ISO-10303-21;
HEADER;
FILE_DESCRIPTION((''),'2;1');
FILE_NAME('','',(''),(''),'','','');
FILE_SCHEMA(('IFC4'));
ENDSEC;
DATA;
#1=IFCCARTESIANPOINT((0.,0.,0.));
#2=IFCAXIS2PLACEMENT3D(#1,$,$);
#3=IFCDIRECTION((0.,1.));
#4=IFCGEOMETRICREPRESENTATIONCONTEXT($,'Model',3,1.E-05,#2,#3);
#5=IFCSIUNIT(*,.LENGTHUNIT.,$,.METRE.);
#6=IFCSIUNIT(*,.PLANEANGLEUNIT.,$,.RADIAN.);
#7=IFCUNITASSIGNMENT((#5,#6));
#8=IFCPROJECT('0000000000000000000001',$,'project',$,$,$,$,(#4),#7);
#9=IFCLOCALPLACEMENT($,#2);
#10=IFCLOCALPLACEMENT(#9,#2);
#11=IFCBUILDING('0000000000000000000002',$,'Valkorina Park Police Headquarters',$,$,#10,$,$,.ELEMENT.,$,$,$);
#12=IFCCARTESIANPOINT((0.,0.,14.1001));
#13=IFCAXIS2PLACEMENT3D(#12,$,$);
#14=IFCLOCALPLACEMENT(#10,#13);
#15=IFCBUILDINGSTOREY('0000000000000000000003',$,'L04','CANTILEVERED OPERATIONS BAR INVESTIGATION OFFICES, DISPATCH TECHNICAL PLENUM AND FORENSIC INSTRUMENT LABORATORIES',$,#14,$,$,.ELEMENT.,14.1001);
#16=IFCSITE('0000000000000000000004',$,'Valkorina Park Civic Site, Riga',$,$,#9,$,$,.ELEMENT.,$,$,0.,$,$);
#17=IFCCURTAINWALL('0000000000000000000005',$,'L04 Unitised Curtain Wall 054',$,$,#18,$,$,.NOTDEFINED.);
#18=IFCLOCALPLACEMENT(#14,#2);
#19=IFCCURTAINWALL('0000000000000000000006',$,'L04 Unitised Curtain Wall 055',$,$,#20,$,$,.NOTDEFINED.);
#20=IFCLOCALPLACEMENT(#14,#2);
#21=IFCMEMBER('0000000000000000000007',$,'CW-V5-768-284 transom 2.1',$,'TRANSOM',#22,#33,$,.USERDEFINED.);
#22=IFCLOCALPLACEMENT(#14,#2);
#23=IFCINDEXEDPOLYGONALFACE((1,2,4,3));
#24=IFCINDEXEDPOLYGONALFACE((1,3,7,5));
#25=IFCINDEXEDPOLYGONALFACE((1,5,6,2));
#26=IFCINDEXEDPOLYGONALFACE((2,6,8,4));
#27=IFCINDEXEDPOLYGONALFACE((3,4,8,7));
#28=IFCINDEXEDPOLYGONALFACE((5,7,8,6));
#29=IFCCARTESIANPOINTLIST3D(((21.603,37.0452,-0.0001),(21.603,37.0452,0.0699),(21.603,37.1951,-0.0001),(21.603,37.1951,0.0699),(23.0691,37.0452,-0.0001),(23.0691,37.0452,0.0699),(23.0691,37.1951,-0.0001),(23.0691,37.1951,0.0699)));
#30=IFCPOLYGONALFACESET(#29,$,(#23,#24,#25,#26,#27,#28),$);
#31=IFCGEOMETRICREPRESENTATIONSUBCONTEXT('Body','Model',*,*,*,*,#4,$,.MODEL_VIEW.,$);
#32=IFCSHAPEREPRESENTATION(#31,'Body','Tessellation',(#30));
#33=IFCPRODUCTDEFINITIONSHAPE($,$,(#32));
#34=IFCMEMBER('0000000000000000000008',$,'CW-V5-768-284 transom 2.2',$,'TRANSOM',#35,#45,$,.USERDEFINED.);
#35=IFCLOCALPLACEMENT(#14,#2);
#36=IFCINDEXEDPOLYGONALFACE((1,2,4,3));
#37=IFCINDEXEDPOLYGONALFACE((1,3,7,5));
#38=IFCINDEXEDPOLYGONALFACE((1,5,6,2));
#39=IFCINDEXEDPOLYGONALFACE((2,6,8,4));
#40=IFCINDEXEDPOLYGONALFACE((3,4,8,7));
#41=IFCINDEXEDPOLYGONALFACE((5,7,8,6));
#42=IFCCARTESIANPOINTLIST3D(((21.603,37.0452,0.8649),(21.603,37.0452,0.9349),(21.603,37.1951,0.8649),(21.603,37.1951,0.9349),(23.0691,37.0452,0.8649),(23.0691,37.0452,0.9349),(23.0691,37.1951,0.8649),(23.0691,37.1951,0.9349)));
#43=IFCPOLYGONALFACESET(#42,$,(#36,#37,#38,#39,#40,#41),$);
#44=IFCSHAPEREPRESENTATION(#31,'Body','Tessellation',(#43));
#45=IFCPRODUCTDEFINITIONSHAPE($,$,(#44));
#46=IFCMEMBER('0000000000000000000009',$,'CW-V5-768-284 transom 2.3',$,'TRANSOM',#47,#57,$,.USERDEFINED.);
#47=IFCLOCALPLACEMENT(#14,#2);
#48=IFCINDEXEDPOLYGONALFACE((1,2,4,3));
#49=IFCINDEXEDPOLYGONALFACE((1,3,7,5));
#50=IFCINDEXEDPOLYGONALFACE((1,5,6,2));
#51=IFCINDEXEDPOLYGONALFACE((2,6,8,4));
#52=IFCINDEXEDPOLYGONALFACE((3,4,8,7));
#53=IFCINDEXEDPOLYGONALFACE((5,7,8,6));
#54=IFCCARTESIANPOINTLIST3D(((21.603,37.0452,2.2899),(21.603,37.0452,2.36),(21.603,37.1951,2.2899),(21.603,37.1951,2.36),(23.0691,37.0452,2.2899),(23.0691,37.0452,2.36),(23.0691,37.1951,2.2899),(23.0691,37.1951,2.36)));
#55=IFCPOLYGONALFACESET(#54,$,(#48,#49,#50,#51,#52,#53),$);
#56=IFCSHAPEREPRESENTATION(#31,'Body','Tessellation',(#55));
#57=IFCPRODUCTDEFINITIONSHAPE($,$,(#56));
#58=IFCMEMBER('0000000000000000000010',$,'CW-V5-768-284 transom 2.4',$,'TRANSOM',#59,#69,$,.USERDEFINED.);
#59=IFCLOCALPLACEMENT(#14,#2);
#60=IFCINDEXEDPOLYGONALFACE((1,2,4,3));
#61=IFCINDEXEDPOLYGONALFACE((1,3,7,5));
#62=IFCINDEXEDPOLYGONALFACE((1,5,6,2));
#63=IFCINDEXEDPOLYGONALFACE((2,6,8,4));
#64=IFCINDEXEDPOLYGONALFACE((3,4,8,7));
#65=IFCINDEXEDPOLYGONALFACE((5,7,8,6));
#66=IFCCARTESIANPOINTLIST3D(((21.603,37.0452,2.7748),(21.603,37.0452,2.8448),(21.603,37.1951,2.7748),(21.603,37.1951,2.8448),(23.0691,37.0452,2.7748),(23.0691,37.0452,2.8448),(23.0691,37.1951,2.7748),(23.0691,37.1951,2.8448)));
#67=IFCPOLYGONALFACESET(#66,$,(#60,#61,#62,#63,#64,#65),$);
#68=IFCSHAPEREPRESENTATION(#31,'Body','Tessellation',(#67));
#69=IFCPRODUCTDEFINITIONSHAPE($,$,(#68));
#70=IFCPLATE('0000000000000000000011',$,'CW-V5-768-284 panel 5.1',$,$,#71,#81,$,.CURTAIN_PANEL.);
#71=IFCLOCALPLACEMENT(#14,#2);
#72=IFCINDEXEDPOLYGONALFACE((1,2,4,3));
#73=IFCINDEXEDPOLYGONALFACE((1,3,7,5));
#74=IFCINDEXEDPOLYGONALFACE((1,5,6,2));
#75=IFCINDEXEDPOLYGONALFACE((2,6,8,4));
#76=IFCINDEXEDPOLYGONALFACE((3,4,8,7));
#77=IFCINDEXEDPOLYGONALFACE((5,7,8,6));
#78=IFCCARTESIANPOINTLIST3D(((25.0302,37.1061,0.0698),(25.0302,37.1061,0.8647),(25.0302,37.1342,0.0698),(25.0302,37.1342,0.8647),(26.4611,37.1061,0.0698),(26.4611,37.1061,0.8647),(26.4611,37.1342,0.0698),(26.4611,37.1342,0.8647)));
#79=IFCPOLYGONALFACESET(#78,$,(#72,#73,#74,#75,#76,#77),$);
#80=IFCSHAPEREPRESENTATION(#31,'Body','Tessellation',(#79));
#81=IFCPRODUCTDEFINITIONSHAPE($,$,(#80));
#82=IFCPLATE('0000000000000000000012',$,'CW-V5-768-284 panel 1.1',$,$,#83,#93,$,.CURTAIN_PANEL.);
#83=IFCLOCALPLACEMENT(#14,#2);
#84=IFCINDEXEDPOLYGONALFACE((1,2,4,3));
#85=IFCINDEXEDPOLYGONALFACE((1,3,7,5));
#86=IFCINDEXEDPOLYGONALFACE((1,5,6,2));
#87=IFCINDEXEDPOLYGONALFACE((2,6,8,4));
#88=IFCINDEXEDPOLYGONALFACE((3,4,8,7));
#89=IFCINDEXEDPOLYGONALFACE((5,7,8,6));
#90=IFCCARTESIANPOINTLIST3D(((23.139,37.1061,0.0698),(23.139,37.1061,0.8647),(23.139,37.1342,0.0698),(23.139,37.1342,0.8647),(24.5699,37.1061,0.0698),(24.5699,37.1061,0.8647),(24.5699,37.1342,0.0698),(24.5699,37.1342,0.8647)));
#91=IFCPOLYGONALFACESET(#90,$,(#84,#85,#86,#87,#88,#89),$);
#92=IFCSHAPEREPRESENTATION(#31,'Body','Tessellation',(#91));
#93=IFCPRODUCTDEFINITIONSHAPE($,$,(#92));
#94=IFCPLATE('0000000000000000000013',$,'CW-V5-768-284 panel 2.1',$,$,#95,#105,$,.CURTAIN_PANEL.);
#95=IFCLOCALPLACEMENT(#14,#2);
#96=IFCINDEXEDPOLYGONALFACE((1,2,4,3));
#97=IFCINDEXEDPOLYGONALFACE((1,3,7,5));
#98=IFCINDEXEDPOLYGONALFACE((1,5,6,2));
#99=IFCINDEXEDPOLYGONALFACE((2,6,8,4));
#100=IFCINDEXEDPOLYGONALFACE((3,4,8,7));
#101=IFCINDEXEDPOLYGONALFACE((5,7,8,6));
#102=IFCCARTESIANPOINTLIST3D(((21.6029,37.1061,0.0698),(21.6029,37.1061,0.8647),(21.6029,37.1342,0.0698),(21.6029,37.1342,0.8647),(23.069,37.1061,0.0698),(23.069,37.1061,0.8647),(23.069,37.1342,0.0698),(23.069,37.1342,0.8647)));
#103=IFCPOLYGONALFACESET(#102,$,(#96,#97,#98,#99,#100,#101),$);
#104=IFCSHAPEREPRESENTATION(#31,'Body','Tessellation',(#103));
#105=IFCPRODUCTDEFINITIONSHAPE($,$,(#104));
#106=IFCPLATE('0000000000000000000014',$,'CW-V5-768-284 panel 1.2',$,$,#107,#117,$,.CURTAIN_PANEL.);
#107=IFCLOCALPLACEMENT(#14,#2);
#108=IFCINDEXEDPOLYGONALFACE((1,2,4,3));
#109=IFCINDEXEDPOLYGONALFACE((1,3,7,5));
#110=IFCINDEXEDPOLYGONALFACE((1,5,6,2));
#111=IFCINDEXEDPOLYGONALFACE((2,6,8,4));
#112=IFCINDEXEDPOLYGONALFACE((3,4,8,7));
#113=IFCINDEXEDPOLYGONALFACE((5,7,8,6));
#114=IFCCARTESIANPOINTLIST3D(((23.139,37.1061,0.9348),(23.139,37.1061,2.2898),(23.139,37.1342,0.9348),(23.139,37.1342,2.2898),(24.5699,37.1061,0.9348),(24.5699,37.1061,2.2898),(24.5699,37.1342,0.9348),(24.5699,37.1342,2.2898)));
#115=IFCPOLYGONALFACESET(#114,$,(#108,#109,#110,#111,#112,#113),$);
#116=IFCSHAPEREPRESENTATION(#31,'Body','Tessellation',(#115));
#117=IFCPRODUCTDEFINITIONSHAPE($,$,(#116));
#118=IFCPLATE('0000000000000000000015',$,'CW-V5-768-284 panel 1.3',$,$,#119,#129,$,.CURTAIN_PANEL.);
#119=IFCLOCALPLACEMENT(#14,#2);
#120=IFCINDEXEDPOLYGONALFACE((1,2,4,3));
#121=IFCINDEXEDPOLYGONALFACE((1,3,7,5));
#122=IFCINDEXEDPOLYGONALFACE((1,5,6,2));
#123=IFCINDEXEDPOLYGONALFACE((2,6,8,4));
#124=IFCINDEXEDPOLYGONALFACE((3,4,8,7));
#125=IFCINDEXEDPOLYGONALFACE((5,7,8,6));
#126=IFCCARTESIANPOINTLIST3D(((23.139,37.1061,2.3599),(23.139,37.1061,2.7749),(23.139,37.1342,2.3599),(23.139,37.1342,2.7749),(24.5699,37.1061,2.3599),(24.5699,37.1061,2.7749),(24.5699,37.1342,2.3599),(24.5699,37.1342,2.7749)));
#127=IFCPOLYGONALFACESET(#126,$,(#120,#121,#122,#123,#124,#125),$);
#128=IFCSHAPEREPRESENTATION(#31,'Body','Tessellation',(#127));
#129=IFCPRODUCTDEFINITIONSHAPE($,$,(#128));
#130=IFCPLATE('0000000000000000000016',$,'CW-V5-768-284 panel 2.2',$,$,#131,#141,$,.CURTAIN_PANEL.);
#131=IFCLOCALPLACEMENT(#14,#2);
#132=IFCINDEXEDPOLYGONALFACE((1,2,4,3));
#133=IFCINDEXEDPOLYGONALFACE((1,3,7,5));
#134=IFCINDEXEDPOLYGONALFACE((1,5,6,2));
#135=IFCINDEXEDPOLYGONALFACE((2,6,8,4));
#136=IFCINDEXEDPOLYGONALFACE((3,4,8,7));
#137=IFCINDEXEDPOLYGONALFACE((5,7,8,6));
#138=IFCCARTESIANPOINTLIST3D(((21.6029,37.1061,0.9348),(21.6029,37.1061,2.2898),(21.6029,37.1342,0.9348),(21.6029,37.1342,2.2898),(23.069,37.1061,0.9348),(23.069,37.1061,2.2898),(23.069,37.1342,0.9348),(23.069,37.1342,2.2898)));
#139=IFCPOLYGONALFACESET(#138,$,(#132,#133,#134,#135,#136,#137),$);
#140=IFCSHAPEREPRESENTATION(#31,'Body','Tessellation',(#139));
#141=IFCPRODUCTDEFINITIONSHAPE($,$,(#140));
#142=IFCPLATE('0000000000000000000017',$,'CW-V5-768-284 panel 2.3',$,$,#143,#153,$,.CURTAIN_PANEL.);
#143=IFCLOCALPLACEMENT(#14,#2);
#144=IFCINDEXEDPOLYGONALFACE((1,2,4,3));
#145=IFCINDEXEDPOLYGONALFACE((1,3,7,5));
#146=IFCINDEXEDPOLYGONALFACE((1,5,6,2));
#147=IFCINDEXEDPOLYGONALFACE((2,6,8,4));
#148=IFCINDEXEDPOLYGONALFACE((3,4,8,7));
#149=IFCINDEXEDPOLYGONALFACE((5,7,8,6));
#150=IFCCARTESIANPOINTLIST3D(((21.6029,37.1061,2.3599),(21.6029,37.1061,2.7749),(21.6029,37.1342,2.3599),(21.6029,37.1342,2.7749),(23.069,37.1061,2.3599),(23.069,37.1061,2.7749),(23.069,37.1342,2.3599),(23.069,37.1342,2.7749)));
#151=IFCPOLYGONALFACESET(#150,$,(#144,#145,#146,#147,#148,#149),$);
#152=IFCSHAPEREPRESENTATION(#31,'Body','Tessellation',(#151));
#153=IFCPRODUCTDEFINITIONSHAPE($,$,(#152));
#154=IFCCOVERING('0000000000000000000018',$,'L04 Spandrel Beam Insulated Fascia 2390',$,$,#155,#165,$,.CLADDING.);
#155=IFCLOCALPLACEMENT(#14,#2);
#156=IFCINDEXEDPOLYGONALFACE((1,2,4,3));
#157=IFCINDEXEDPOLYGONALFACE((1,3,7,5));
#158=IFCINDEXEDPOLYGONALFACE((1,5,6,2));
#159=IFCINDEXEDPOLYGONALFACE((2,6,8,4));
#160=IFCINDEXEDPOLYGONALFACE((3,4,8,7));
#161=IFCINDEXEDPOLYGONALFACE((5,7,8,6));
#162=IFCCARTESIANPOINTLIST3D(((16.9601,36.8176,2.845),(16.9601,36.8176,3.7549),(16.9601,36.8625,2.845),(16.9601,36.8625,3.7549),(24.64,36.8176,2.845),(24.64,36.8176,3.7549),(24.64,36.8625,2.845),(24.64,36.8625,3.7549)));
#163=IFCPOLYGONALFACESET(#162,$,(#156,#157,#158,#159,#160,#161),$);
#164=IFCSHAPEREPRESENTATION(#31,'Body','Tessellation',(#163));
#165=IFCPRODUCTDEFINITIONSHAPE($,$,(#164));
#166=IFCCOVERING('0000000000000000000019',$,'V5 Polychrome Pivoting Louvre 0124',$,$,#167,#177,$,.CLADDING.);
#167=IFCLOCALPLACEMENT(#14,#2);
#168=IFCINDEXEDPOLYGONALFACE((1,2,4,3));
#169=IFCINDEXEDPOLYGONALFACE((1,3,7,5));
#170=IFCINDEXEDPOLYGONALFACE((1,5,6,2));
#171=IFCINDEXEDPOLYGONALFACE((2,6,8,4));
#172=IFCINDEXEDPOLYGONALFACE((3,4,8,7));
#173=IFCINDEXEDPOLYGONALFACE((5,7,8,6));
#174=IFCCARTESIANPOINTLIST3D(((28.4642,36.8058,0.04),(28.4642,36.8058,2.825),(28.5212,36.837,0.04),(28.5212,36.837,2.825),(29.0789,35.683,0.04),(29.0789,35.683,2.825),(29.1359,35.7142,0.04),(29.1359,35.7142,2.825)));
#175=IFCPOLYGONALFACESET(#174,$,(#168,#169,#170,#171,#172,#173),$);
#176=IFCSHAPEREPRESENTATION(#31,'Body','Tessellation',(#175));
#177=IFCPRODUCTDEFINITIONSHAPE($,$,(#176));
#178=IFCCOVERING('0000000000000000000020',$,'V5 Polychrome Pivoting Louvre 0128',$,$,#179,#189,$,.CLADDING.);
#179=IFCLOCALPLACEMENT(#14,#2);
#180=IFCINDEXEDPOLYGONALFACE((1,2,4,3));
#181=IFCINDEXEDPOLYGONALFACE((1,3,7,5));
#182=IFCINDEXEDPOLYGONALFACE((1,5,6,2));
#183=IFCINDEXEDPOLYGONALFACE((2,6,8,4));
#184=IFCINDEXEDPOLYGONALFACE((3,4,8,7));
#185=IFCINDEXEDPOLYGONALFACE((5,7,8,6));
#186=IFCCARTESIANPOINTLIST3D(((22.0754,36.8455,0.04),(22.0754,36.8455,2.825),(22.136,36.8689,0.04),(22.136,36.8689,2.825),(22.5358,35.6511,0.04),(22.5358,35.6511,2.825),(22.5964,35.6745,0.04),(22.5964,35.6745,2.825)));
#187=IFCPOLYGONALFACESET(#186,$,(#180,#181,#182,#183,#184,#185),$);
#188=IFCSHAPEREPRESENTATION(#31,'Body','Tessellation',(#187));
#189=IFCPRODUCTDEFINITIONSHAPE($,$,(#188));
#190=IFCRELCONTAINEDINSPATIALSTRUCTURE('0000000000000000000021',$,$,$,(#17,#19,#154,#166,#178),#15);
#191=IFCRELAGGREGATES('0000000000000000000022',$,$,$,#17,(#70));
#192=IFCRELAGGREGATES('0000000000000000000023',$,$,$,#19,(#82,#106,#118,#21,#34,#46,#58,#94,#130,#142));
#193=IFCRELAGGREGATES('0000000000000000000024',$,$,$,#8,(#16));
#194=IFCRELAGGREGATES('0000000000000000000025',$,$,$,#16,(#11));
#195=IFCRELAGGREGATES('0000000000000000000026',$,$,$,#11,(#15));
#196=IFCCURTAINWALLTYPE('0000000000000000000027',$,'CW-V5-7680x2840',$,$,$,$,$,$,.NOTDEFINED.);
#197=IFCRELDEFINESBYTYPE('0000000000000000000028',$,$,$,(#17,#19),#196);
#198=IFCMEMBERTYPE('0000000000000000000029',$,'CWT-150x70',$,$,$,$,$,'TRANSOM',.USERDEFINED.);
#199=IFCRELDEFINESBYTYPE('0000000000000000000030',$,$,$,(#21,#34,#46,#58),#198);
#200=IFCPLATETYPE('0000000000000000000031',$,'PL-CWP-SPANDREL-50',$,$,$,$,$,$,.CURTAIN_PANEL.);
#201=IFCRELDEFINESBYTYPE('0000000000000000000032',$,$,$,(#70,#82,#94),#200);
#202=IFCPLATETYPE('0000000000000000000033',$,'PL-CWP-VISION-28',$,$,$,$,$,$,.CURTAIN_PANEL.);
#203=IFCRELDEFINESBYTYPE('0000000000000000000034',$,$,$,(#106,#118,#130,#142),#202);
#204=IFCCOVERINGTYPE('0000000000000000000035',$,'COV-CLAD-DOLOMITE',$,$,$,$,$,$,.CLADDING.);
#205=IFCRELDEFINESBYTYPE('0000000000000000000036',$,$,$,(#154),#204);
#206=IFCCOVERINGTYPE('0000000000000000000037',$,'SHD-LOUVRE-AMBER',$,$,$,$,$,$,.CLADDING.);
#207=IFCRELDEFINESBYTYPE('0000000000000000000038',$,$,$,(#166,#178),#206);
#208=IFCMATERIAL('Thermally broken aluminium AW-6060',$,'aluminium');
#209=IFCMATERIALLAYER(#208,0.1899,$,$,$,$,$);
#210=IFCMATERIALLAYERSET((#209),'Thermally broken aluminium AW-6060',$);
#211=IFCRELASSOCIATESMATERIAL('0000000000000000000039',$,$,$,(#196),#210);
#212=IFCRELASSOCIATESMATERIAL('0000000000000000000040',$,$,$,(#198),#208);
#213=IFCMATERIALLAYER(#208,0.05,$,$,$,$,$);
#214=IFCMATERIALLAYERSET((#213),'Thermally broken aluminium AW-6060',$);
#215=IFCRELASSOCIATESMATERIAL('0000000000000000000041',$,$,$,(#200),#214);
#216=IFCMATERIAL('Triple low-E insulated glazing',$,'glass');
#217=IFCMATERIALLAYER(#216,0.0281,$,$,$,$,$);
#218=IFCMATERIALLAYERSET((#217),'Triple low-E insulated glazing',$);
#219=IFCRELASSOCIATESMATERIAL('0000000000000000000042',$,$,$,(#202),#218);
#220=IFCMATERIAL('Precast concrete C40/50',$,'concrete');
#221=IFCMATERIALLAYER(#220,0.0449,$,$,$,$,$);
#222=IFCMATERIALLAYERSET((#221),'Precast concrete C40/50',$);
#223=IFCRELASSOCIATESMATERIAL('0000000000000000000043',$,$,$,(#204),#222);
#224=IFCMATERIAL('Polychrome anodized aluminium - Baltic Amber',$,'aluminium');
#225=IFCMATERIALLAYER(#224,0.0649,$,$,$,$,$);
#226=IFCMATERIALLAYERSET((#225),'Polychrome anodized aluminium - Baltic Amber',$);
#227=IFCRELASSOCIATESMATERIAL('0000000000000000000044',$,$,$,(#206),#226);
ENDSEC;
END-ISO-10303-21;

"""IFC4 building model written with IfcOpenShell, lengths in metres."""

from ifc_helpers import new_model, si_unit, direction, frame, frame_2d, origin, origin_2d, place, context, subcontext, project, spatial, rectangle, extrude, material, layer, layer_set, material_profile, profile_set, type_object, element, aggregate, save


model = new_model("IFC4")

# Units and contexts
model_context = context("Model", 3, precision=1e-05, world=origin(), true_north=direction((0.0, 1.0)))
body_context = subcontext(model_context, "Body", "Model", "MODEL_VIEW")
ifc_project = project(units=[si_unit("LENGTHUNIT", "METRE"), si_unit("PLANEANGLEUNIT", "RADIAN")], contexts=[model_context])

# Site, building, storey
site_placement = place(None, origin())
site = spatial("IfcSite", under=ifc_project, at=site_placement, Name="Valkorina Park Civic Site, Riga", CompositionType="ELEMENT", RefElevation=0.0)
building_placement = place(site_placement, origin())
building = spatial("IfcBuilding", under=site, at=building_placement, Name="Valkorina Park Police Headquarters", CompositionType="ELEMENT")
storey_placement = place(building_placement, frame((0.0, 0.0, 14.1001)))
storey = spatial("IfcBuildingStorey", under=building, at=storey_placement, Name="L04", Description="CANTILEVERED OPERATIONS BAR INVESTIGATION OFFICES, DISPATCH TECHNICAL PLENUM AND FORENSIC INSTRUMENT LABORATORIES", CompositionType="ELEMENT", Elevation=14.1001)

# Curtain wall
ifc_material_1 = material(Name="Thermally broken aluminium AW-6060", Category="aluminium")
ifc_layer_1 = layer(ifc_material_1, 0.1899)
ifc_layer_set_1 = layer_set([ifc_layer_1], Name="Thermally broken aluminium AW-6060")
curtain_wall_type = type_object("IfcCurtainWallType", Name="CW-V5-7680x2840", PredefinedType="NOTDEFINED", material=ifc_layer_set_1)
curtain_wall_1_placement = place(storey_placement, origin())
curtain_wall_1 = element("IfcCurtainWall", 1, at=curtain_wall_1_placement, inside=storey, type_object=curtain_wall_type, Name="L04 Unitised Curtain Wall 054", PredefinedType="NOTDEFINED")

# Curtain wall, members
curtain_wall_2_placement = place(storey_placement, origin())
curtain_wall_2 = element("IfcCurtainWall", 2, at=curtain_wall_2_placement, inside=storey, type_object=curtain_wall_type, Name="L04 Unitised Curtain Wall 055", PredefinedType="NOTDEFINED")
ifc_material_profile_1 = material_profile(ifc_material_1, rectangle(XDim=0.1499, YDim=0.0701, at=origin_2d()), Name="CWT-02 150x70")
ifc_profile_set_1 = profile_set([ifc_material_profile_1], Name="Thermally broken aluminium AW-6060")
member_type_1 = type_object("IfcMemberType", Name="CWT-150x70", ElementType="TRANSOM", PredefinedType="USERDEFINED", material=ifc_profile_set_1)
member_1_placement = place(storey_placement, frame((23.0691, 37.1201, 0.0349), z_axis=(-1.0, 0.0, 0.0), x_axis=(0.0, -1.0, 0.0)))
member_1 = element("IfcMember", 3, at=member_1_placement, type_object=member_type_1, Name="CW-V5-768-284 transom 2.1", ObjectType="TRANSOM", PredefinedType="USERDEFINED", context=body_context, shape_type="SweptSolid", body=[
    extrude(rectangle(XDim=0.1499, YDim=0.0701, at=origin_2d()), origin(), (0.0, 0.0, 1.0), 1.4661),
])
member_2_placement = place(storey_placement, frame((23.0691, 37.1201, 0.8999), z_axis=(-1.0, 0.0, 0.0), x_axis=(0.0, -1.0, 0.0)))
member_2 = element("IfcMember", 4, at=member_2_placement, type_object=member_type_1, Name="CW-V5-768-284 transom 2.2", ObjectType="TRANSOM", PredefinedType="USERDEFINED", context=body_context, shape_type="SweptSolid", body=[
    extrude(rectangle(XDim=0.1499, YDim=0.0701, at=origin_2d()), origin(), (0.0, 0.0, 1.0), 1.4661),
])
member_3_placement = place(storey_placement, frame((23.0691, 37.1201, 2.325), z_axis=(-1.0, 0.0, 0.0), x_axis=(0.0, -1.0, 0.0)))
member_3 = element("IfcMember", 5, at=member_3_placement, type_object=member_type_1, Name="CW-V5-768-284 transom 2.3", ObjectType="TRANSOM", PredefinedType="USERDEFINED", context=body_context, shape_type="SweptSolid", body=[
    extrude(rectangle(XDim=0.1499, YDim=0.0701, at=origin_2d()), origin(), (0.0, 0.0, 1.0), 1.4661),
])
member_4_placement = place(storey_placement, frame((23.0691, 37.1201, 2.8098), z_axis=(-1.0, 0.0, 0.0), x_axis=(0.0, -1.0, 0.0)))
member_4 = element("IfcMember", 6, at=member_4_placement, type_object=member_type_1, Name="CW-V5-768-284 transom 2.4", ObjectType="TRANSOM", PredefinedType="USERDEFINED", context=body_context, shape_type="SweptSolid", body=[
    extrude(rectangle(XDim=0.1499, YDim=0.0701, at=origin_2d()), origin(), (0.0, 0.0, 1.0), 1.4661),
])

# Plates
ifc_layer_2 = layer(ifc_material_1, 0.05)
ifc_layer_set_2 = layer_set([ifc_layer_2], Name="Thermally broken aluminium AW-6060")
plate_type_1 = type_object("IfcPlateType", Name="PL-CWP-SPANDREL-50", PredefinedType="CURTAIN_PANEL", material=ifc_layer_set_2)
plate_1_placement = place(storey_placement, frame((25.7456, 37.1201, 0.0698), z_axis=(0.0, 0.0, 1.0), x_axis=(-1.0, 0.0, 0.0)))
plate_1 = element("IfcPlate", 7, at=plate_1_placement, type_object=plate_type_1, Name="CW-V5-768-284 panel 5.1", PredefinedType="CURTAIN_PANEL", context=body_context, shape_type="SweptSolid", body=[
    extrude(rectangle(XDim=1.4309, YDim=0.0281, at=origin_2d()), origin(), (0.0, 0.0, 1.0), 0.7949),
])
aggregate(curtain_wall_1, [plate_1])
plate_2_placement = place(storey_placement, frame((23.8545, 37.1201, 0.0698), z_axis=(0.0, 0.0, 1.0), x_axis=(-1.0, 0.0, 0.0)))
plate_2 = element("IfcPlate", 8, at=plate_2_placement, type_object=plate_type_1, Name="CW-V5-768-284 panel 1.1", PredefinedType="CURTAIN_PANEL", context=body_context, shape_type="SweptSolid", body=[
    extrude(rectangle(XDim=1.4309, YDim=0.0281, at=origin_2d()), origin(), (0.0, 0.0, 1.0), 0.7949),
])
plate_3_placement = place(storey_placement, frame((22.3359, 37.1201, 0.0698), z_axis=(0.0, 0.0, 1.0), x_axis=(-1.0, 0.0, 0.0)))
plate_3 = element("IfcPlate", 9, at=plate_3_placement, type_object=plate_type_1, Name="CW-V5-768-284 panel 2.1", PredefinedType="CURTAIN_PANEL", context=body_context, shape_type="SweptSolid", body=[
    extrude(rectangle(XDim=1.4661, YDim=0.0281, at=origin_2d()), origin(), (0.0, 0.0, 1.0), 0.7949),
])
ifc_material_2 = material(Name="Triple low-E insulated glazing", Category="glass")
ifc_layer_3 = layer(ifc_material_2, 0.0281)
ifc_layer_set_3 = layer_set([ifc_layer_3], Name="Triple low-E insulated glazing")
plate_type_2 = type_object("IfcPlateType", Name="PL-CWP-VISION-28", PredefinedType="CURTAIN_PANEL", material=ifc_layer_set_3)
plate_4_placement = place(storey_placement, frame((23.8545, 37.1201, 0.9348), z_axis=(0.0, 0.0, 1.0), x_axis=(-1.0, 0.0, 0.0)))
plate_4 = element("IfcPlate", 10, at=plate_4_placement, type_object=plate_type_2, Name="CW-V5-768-284 panel 1.2", PredefinedType="CURTAIN_PANEL", context=body_context, shape_type="SweptSolid", body=[
    extrude(rectangle(XDim=1.4309, YDim=0.0281, at=origin_2d()), origin(), (0.0, 0.0, 1.0), 1.355),
])
plate_5_placement = place(storey_placement, frame((23.8545, 37.1201, 2.3599), z_axis=(0.0, 0.0, 1.0), x_axis=(-1.0, 0.0, 0.0)))
plate_5 = element("IfcPlate", 11, at=plate_5_placement, type_object=plate_type_2, Name="CW-V5-768-284 panel 1.3", PredefinedType="CURTAIN_PANEL", context=body_context, shape_type="SweptSolid", body=[
    extrude(rectangle(XDim=1.4309, YDim=0.0281, at=origin_2d()), origin(), (0.0, 0.0, 1.0), 0.415),
])
plate_6_placement = place(storey_placement, frame((22.3359, 37.1201, 0.9348), z_axis=(0.0, 0.0, 1.0), x_axis=(-1.0, 0.0, 0.0)))
plate_6 = element("IfcPlate", 12, at=plate_6_placement, type_object=plate_type_2, Name="CW-V5-768-284 panel 2.2", PredefinedType="CURTAIN_PANEL", context=body_context, shape_type="SweptSolid", body=[
    extrude(rectangle(XDim=1.4661, YDim=0.0281, at=origin_2d()), origin(), (0.0, 0.0, 1.0), 1.355),
])
plate_7_placement = place(storey_placement, frame((22.3359, 37.1201, 2.3599), z_axis=(0.0, 0.0, 1.0), x_axis=(-1.0, 0.0, 0.0)))
plate_7 = element("IfcPlate", 13, at=plate_7_placement, type_object=plate_type_2, Name="CW-V5-768-284 panel 2.3", PredefinedType="CURTAIN_PANEL", context=body_context, shape_type="SweptSolid", body=[
    extrude(rectangle(XDim=1.4661, YDim=0.0281, at=origin_2d()), origin(), (0.0, 0.0, 1.0), 0.415),
])
aggregate(curtain_wall_2, [plate_2, plate_4, plate_5, member_1, member_2, member_3, member_4, plate_3, plate_6, plate_7])

# Coverings
ifc_material_3 = material(Name="Precast concrete C40/50", Category="concrete")
ifc_layer_4 = layer(ifc_material_3, 0.0449)
ifc_layer_set_4 = layer_set([ifc_layer_4], Name="Precast concrete C40/50")
covering_type_1 = type_object("IfcCoveringType", Name="COV-CLAD-DOLOMITE", PredefinedType="CLADDING", material=ifc_layer_set_4)
covering_1_placement = place(storey_placement, frame((24.6399, 36.8401, 2.845), z_axis=(0.0, 0.0, 1.0), x_axis=(-1.0, 0.0, 0.0)))
element("IfcCovering", 14, at=covering_1_placement, inside=storey, type_object=covering_type_1, Name="L04 Spandrel Beam Insulated Fascia 2390", PredefinedType="CLADDING", context=body_context, shape_type="SweptSolid", body=[
    extrude(rectangle(XDim=7.6799, YDim=0.0449, at=frame_2d((3.8398, 0.0))), origin(), (0.0, 0.0, 1.0), 0.9099),
])
ifc_material_4 = material(Name="Polychrome anodized aluminium - Baltic Amber", Category="aluminium")
ifc_layer_5 = layer(ifc_material_4, 0.0649)
ifc_layer_set_5 = layer_set([ifc_layer_5], Name="Polychrome anodized aluminium - Baltic Amber")
covering_type_2 = type_object("IfcCoveringType", Name="SHD-LOUVRE-AMBER", PredefinedType="CLADDING", material=ifc_layer_set_5)
for number, where, z_axis, x_axis, name in (
    (15, (28.8, 36.26, 0.04), (0.0, 0.0, 1.0), (0.480223, -0.877146, 0.0), "V5 Polychrome Pivoting Louvre 0124"),
    (16, (22.3359, 36.26, 0.04), (0.0, 0.0, 1.0), (0.359671, -0.933079, 0.0), "V5 Polychrome Pivoting Louvre 0128"),
):
    element("IfcCovering", number, at=place(storey_placement, frame(where, z_axis=z_axis, x_axis=x_axis)), inside=storey, type_object=covering_type_2, Name=name, PredefinedType="CLADDING", context=body_context, shape_type="SweptSolid", body=[
        extrude(rectangle(XDim=1.28, YDim=0.0649, at=origin_2d()), origin(), (0.0, 0.0, 1.0), 2.7849),
    ])

save(model, "model.ifc")
